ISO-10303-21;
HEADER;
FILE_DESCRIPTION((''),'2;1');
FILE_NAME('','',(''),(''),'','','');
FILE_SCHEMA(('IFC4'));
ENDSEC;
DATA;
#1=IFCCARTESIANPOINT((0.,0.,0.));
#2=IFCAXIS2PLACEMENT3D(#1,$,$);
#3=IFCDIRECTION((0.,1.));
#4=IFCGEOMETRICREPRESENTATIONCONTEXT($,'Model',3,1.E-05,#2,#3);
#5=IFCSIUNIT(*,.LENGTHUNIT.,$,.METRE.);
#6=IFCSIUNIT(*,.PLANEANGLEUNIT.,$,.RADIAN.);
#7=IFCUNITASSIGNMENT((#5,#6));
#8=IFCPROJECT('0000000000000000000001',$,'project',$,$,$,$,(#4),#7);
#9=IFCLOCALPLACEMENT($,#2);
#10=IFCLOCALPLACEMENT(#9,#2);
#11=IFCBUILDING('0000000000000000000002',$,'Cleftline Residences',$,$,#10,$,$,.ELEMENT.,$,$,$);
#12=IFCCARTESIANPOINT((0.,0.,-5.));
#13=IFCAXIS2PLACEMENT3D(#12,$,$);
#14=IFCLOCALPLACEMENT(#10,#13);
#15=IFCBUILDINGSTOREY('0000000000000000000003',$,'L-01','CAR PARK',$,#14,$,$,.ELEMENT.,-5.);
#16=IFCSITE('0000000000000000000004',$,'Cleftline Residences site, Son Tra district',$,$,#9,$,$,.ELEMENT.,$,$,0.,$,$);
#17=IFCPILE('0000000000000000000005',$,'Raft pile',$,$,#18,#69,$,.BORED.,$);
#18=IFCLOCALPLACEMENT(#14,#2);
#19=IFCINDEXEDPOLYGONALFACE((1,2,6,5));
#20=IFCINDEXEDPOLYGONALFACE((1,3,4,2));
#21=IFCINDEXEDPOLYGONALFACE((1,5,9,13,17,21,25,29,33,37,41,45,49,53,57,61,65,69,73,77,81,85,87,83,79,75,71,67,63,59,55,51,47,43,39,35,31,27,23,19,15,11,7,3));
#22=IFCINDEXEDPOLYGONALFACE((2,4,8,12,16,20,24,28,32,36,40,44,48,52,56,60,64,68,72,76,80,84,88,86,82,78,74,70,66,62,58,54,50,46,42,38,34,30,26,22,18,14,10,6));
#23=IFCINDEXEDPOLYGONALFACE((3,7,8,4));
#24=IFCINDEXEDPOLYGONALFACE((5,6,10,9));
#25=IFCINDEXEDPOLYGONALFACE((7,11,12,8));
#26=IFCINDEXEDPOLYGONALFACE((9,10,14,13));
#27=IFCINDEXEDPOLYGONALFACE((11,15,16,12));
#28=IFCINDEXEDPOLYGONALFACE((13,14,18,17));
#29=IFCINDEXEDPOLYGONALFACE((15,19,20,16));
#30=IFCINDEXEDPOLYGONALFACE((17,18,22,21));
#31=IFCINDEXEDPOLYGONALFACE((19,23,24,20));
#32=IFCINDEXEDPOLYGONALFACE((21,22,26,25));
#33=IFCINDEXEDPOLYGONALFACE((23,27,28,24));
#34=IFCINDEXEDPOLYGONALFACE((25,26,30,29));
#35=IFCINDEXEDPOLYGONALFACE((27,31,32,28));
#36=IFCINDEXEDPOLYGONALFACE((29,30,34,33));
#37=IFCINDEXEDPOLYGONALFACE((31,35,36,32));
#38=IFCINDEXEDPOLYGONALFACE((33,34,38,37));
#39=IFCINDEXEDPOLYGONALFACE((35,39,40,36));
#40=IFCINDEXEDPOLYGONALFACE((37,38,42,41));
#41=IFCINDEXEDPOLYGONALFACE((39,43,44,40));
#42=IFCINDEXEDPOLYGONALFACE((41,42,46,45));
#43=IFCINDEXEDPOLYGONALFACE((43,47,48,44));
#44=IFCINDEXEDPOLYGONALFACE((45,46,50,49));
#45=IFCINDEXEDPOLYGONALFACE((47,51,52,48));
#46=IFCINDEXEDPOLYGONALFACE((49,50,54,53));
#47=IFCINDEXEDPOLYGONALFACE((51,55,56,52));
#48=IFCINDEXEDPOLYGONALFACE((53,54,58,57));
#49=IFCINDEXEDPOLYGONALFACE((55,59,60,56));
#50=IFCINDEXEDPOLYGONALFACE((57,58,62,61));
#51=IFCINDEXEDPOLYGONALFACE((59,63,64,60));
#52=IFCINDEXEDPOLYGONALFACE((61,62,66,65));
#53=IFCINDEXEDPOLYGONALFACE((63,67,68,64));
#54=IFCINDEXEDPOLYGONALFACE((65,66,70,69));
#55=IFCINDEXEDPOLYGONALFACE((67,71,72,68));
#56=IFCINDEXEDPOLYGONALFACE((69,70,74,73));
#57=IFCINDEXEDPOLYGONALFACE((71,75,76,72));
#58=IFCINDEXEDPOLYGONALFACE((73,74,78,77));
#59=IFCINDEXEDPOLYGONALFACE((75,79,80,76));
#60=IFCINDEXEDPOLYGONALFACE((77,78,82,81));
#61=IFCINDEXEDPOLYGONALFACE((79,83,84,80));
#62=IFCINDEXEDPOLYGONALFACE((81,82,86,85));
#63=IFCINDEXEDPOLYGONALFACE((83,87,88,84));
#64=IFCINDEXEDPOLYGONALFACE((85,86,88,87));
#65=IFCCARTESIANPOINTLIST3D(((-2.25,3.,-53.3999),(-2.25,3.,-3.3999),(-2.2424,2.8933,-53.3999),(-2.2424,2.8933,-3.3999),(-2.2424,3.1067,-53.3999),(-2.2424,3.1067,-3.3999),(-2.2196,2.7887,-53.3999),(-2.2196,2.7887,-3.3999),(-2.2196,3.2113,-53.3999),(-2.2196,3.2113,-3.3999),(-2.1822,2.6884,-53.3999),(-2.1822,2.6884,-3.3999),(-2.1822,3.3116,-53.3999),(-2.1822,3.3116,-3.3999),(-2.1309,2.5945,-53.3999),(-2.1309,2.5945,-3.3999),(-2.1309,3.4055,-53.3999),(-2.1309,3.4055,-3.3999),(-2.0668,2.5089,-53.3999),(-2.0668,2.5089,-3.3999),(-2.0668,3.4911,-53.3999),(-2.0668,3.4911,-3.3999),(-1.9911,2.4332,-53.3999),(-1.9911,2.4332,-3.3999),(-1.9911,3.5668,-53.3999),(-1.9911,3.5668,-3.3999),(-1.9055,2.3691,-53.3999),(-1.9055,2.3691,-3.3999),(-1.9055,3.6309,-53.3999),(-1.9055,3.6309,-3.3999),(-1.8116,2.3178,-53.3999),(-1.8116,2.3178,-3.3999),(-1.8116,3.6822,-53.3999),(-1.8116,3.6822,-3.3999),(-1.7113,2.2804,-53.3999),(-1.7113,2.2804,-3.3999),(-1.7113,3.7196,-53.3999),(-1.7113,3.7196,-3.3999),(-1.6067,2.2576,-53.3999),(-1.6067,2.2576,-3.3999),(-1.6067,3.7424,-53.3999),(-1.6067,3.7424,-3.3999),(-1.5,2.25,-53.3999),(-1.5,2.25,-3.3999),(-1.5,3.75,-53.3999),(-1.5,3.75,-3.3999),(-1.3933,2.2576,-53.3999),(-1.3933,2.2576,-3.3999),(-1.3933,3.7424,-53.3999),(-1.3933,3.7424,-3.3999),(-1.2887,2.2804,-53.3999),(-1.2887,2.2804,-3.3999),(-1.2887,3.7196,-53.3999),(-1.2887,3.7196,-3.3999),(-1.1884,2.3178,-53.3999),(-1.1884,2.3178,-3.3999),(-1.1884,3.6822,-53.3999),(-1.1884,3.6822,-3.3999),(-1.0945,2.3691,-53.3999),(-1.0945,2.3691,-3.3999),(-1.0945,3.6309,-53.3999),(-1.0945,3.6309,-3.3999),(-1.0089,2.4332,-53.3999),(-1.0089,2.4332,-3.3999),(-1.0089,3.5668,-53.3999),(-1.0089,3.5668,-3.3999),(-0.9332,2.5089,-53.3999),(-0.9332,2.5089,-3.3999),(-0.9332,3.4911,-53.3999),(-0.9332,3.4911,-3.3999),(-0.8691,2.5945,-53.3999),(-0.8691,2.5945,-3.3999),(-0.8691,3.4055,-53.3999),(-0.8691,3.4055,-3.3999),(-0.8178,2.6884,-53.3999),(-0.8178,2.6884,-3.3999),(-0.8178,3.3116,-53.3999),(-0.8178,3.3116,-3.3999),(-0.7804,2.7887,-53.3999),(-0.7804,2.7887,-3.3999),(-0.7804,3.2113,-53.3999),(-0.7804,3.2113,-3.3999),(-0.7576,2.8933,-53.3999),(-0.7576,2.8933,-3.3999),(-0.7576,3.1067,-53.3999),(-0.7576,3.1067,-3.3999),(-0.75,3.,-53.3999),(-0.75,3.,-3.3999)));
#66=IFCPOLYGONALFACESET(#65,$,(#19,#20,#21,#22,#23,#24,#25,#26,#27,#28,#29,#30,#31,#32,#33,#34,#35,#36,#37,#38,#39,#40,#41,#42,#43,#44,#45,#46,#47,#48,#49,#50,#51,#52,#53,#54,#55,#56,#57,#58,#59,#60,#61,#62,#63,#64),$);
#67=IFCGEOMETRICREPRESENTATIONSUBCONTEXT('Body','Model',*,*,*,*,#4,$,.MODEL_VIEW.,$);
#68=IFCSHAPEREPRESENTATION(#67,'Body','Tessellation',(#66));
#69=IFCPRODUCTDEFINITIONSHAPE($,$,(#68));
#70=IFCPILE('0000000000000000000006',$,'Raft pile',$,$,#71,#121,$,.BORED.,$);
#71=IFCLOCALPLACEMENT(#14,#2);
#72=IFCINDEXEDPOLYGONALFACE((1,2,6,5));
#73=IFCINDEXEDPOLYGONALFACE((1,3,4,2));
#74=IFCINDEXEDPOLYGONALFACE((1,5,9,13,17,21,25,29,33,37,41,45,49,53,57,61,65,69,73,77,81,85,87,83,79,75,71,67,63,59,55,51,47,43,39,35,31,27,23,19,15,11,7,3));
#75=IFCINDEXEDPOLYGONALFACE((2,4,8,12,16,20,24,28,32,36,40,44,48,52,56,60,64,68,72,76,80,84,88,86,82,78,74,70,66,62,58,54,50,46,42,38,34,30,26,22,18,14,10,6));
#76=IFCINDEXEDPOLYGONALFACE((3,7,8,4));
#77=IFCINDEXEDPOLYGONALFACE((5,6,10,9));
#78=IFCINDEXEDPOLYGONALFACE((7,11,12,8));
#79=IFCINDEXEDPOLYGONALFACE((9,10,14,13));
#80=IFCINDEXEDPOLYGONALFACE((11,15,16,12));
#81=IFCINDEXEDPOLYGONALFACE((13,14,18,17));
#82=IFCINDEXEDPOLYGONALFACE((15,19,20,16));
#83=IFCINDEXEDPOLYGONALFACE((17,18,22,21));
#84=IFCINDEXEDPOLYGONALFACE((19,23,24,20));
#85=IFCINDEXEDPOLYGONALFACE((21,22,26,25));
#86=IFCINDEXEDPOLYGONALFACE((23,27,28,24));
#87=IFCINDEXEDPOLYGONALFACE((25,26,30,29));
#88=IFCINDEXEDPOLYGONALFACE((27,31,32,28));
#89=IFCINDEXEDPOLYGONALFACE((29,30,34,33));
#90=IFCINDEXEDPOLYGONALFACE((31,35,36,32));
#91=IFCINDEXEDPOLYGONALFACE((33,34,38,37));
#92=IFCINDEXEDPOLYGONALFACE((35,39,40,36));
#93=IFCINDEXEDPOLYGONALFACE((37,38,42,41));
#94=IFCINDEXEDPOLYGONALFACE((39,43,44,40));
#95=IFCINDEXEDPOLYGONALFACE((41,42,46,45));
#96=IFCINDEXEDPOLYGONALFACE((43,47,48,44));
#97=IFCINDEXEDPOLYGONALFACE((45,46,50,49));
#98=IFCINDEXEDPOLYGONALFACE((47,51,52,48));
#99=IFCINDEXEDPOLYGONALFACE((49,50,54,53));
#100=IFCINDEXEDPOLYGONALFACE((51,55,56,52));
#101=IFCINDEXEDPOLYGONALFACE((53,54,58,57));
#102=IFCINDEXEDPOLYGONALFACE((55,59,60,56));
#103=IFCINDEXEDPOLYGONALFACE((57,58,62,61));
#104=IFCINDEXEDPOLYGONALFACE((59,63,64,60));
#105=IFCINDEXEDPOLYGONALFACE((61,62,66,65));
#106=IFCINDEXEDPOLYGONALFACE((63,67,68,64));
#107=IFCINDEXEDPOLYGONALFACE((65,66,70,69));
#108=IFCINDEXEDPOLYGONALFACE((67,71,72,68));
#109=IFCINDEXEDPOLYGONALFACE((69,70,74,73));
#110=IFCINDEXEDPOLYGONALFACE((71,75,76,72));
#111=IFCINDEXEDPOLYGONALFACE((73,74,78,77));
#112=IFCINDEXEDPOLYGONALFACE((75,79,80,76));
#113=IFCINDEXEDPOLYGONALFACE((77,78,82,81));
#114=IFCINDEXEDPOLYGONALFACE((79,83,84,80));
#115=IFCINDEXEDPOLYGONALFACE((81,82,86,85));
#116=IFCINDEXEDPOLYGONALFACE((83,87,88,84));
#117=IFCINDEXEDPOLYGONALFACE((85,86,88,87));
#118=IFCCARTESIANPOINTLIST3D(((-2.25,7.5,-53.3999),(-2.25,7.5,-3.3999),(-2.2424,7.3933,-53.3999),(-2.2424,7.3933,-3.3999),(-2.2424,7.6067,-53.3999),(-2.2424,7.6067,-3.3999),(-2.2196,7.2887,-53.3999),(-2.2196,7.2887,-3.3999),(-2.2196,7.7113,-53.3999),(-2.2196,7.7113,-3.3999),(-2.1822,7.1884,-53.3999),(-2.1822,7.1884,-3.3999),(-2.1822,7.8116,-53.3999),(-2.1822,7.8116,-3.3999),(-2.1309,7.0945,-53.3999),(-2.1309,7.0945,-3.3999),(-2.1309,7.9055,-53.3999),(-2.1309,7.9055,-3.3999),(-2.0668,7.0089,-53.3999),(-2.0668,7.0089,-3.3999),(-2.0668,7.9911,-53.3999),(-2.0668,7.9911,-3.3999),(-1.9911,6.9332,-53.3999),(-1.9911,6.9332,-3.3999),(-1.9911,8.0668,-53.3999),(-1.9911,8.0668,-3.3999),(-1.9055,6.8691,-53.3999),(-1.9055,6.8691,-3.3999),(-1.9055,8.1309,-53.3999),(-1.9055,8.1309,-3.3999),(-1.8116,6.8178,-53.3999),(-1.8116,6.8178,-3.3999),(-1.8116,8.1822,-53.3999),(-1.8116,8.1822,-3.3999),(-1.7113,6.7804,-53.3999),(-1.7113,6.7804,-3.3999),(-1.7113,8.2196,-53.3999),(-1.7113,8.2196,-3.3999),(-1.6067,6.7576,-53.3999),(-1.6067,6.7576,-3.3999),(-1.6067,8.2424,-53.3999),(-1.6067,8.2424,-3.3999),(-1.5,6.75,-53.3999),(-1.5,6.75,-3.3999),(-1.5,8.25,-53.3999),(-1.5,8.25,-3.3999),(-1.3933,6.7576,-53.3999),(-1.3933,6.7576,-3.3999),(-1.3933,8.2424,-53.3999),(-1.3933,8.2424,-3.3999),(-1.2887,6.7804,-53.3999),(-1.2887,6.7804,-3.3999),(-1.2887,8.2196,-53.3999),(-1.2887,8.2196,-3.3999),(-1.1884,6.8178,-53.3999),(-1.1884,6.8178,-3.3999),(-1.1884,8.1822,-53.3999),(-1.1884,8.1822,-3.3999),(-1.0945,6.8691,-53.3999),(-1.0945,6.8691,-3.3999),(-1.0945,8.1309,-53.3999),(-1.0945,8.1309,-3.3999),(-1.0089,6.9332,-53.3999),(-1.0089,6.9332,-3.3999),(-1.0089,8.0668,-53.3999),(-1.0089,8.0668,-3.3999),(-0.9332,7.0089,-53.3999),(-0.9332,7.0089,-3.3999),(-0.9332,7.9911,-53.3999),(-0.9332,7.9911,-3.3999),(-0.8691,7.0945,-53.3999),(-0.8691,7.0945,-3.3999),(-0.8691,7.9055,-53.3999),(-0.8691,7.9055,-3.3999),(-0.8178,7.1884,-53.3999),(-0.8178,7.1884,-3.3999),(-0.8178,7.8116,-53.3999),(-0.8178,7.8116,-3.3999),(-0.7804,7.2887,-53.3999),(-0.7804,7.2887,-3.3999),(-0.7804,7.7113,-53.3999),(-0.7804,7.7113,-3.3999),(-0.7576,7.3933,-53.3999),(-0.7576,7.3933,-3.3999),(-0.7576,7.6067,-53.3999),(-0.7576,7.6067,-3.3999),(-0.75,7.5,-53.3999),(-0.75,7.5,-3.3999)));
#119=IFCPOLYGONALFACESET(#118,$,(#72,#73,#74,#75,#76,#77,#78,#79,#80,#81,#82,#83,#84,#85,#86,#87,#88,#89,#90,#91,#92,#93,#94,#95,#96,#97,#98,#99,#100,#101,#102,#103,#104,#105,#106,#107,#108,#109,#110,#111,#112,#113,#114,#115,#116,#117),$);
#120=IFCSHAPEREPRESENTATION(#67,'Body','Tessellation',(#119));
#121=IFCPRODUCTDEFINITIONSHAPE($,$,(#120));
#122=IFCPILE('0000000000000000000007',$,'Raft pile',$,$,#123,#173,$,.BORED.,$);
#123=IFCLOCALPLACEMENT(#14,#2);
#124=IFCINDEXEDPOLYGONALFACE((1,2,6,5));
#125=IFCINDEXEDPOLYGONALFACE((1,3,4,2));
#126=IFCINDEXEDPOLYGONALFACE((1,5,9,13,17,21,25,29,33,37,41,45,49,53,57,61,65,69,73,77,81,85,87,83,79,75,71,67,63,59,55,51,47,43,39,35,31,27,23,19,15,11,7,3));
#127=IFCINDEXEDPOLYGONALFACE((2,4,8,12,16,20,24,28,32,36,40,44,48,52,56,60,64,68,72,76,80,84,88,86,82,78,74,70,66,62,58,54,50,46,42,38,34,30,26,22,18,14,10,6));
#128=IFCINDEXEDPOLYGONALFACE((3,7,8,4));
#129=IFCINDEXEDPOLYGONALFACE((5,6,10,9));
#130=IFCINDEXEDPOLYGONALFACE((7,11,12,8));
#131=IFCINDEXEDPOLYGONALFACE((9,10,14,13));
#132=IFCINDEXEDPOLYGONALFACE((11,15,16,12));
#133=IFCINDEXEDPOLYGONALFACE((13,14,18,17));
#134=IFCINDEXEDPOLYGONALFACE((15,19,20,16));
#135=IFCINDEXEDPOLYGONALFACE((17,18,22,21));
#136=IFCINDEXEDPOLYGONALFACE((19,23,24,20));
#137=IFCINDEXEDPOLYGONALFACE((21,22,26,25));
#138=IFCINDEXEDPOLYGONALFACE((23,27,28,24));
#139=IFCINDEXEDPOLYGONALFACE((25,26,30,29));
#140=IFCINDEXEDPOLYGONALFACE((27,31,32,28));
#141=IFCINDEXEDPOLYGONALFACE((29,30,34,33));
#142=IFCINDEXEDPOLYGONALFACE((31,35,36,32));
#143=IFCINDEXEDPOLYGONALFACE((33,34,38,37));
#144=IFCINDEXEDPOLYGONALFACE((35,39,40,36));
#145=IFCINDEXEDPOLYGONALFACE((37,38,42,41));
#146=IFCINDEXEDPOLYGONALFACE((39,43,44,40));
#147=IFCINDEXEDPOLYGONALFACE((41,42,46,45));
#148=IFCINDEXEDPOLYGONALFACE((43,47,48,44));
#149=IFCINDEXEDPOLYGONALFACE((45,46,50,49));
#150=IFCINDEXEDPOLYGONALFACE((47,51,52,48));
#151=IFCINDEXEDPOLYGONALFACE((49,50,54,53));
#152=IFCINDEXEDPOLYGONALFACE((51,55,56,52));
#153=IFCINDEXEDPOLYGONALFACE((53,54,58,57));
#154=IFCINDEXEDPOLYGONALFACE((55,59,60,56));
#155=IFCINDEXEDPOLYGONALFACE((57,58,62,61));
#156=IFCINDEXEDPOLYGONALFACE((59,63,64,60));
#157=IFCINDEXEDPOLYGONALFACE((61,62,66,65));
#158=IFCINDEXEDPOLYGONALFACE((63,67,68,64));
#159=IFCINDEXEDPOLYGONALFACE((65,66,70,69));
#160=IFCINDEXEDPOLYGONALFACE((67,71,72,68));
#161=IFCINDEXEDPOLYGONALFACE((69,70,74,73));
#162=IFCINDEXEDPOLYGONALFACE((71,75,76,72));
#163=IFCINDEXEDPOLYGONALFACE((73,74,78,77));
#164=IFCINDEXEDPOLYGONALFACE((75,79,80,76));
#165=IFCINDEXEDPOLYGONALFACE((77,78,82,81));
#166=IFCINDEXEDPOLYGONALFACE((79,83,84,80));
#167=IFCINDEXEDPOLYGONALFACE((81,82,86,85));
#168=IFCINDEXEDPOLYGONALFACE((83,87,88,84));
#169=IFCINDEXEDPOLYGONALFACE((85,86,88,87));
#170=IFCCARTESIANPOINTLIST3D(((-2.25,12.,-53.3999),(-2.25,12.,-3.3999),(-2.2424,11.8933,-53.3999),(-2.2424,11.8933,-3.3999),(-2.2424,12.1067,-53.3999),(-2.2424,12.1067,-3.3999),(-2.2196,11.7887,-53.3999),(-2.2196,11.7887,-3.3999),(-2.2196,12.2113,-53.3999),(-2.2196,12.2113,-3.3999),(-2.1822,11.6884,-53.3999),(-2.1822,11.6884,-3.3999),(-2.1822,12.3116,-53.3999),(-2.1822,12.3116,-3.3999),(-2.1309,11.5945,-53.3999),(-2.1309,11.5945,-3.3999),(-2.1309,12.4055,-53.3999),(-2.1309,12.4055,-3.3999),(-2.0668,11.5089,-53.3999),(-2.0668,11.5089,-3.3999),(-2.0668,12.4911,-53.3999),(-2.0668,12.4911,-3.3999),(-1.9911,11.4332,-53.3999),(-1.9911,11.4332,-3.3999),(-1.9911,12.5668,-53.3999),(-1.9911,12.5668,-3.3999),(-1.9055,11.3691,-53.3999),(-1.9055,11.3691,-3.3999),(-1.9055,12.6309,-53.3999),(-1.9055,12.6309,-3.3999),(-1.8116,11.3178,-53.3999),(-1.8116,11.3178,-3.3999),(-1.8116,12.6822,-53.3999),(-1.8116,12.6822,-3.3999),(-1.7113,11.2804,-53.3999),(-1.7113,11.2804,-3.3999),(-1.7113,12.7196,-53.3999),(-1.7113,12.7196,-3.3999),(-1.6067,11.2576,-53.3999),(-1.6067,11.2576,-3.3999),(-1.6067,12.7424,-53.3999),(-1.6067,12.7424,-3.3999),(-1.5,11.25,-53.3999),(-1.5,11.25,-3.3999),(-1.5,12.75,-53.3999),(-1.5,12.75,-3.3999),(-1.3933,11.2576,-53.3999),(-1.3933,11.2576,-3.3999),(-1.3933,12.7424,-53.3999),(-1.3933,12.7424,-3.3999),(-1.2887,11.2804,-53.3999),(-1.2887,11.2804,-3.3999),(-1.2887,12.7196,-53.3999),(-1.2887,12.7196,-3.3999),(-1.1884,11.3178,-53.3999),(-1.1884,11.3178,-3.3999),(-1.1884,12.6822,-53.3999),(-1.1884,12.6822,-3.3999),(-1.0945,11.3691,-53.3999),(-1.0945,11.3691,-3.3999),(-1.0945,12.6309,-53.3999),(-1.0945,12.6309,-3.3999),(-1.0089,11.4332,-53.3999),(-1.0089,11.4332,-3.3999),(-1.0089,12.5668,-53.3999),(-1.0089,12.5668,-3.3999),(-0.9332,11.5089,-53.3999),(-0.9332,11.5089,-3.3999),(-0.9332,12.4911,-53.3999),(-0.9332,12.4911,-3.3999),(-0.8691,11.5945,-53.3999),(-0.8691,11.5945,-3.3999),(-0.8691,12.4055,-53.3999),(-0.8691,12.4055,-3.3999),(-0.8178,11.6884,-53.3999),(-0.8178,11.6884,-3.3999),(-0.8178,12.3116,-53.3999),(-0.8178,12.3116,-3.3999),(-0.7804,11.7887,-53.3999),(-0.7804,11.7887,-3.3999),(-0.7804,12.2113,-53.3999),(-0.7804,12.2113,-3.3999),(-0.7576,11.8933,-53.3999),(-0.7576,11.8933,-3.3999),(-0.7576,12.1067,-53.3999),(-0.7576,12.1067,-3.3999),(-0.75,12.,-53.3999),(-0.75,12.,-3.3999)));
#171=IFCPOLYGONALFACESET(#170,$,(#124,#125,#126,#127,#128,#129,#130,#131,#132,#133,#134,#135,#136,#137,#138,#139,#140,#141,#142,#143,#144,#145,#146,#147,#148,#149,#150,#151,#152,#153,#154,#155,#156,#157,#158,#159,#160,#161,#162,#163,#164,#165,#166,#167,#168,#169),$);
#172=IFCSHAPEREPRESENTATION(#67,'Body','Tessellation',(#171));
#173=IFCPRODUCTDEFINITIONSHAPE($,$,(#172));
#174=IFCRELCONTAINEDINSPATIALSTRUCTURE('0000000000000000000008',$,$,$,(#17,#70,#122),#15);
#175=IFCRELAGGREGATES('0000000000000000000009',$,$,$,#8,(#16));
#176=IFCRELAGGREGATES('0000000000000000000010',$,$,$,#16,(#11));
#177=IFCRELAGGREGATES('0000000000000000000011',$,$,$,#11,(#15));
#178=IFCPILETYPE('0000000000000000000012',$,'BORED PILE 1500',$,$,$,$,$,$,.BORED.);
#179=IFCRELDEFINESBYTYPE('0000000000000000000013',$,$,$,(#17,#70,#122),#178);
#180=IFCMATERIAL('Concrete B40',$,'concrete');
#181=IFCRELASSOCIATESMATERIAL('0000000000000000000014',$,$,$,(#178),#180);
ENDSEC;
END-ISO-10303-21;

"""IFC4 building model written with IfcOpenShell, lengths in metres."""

from ifc_helpers import new_model, si_unit, direction, frame, origin, origin_2d, place, context, subcontext, project, spatial, circle, extrude, material, material_profile, profile_set, type_object, element, save


model = new_model("IFC4")

# Units and contexts
model_context = context("Model", 3, precision=1e-05, world=origin(), true_north=direction((0.0, 1.0)))
body_context = subcontext(model_context, "Body", "Model", "MODEL_VIEW")
ifc_project = project(units=[si_unit("LENGTHUNIT", "METRE"), si_unit("PLANEANGLEUNIT", "RADIAN")], contexts=[model_context])

# Site, building, storey
site_placement = place(None, origin())
site = spatial("IfcSite", under=ifc_project, at=site_placement, Name="Cleftline Residences site, Son Tra district", CompositionType="ELEMENT", RefElevation=0.0)
building_placement = place(site_placement, origin())
building = spatial("IfcBuilding", under=site, at=building_placement, Name="Cleftline Residences", CompositionType="ELEMENT")
storey_placement = place(building_placement, frame((0.0, 0.0, -5.0)))
storey = spatial("IfcBuildingStorey", under=building, at=storey_placement, Name="L-01", Description="CAR PARK", CompositionType="ELEMENT", Elevation=-5.0)

# Piles
ifc_material_1 = material(Name="Concrete B40", Category="concrete")
ifc_material_profile_1 = material_profile(ifc_material_1, circle(Radius=0.75, at=origin_2d()))
ifc_profile_set_1 = profile_set([ifc_material_profile_1], Name="Concrete B40")
pile_type_1 = type_object("IfcPileType", Name="BORED PILE 1500", PredefinedType="BORED", material=ifc_profile_set_1)
for number, where, z_axis, x_axis, name in (
    (1, (-1.5, 3.0, -3.3999), (0.0, 0.0, -1.0), (1.0, 0.0, 0.0), "Raft pile"),
    (2, (-1.5, 7.5, -3.3999), (0.0, 0.0, -1.0), (1.0, 0.0, 0.0), "Raft pile"),
    (3, (-1.5, 12.0, -3.3999), (0.0, 0.0, -1.0), (1.0, 0.0, 0.0), "Raft pile"),
):
    element("IfcPile", number, at=place(storey_placement, frame(where, z_axis=z_axis, x_axis=x_axis)), inside=storey, type_object=pile_type_1, Name=name, PredefinedType="BORED", context=body_context, shape_type="SweptSolid", body=[
        extrude(circle(Radius=0.75, at=origin_2d()), origin(), (0.0, 0.0, 1.0), 50.0),
    ])

save(model, "model.ifc")
